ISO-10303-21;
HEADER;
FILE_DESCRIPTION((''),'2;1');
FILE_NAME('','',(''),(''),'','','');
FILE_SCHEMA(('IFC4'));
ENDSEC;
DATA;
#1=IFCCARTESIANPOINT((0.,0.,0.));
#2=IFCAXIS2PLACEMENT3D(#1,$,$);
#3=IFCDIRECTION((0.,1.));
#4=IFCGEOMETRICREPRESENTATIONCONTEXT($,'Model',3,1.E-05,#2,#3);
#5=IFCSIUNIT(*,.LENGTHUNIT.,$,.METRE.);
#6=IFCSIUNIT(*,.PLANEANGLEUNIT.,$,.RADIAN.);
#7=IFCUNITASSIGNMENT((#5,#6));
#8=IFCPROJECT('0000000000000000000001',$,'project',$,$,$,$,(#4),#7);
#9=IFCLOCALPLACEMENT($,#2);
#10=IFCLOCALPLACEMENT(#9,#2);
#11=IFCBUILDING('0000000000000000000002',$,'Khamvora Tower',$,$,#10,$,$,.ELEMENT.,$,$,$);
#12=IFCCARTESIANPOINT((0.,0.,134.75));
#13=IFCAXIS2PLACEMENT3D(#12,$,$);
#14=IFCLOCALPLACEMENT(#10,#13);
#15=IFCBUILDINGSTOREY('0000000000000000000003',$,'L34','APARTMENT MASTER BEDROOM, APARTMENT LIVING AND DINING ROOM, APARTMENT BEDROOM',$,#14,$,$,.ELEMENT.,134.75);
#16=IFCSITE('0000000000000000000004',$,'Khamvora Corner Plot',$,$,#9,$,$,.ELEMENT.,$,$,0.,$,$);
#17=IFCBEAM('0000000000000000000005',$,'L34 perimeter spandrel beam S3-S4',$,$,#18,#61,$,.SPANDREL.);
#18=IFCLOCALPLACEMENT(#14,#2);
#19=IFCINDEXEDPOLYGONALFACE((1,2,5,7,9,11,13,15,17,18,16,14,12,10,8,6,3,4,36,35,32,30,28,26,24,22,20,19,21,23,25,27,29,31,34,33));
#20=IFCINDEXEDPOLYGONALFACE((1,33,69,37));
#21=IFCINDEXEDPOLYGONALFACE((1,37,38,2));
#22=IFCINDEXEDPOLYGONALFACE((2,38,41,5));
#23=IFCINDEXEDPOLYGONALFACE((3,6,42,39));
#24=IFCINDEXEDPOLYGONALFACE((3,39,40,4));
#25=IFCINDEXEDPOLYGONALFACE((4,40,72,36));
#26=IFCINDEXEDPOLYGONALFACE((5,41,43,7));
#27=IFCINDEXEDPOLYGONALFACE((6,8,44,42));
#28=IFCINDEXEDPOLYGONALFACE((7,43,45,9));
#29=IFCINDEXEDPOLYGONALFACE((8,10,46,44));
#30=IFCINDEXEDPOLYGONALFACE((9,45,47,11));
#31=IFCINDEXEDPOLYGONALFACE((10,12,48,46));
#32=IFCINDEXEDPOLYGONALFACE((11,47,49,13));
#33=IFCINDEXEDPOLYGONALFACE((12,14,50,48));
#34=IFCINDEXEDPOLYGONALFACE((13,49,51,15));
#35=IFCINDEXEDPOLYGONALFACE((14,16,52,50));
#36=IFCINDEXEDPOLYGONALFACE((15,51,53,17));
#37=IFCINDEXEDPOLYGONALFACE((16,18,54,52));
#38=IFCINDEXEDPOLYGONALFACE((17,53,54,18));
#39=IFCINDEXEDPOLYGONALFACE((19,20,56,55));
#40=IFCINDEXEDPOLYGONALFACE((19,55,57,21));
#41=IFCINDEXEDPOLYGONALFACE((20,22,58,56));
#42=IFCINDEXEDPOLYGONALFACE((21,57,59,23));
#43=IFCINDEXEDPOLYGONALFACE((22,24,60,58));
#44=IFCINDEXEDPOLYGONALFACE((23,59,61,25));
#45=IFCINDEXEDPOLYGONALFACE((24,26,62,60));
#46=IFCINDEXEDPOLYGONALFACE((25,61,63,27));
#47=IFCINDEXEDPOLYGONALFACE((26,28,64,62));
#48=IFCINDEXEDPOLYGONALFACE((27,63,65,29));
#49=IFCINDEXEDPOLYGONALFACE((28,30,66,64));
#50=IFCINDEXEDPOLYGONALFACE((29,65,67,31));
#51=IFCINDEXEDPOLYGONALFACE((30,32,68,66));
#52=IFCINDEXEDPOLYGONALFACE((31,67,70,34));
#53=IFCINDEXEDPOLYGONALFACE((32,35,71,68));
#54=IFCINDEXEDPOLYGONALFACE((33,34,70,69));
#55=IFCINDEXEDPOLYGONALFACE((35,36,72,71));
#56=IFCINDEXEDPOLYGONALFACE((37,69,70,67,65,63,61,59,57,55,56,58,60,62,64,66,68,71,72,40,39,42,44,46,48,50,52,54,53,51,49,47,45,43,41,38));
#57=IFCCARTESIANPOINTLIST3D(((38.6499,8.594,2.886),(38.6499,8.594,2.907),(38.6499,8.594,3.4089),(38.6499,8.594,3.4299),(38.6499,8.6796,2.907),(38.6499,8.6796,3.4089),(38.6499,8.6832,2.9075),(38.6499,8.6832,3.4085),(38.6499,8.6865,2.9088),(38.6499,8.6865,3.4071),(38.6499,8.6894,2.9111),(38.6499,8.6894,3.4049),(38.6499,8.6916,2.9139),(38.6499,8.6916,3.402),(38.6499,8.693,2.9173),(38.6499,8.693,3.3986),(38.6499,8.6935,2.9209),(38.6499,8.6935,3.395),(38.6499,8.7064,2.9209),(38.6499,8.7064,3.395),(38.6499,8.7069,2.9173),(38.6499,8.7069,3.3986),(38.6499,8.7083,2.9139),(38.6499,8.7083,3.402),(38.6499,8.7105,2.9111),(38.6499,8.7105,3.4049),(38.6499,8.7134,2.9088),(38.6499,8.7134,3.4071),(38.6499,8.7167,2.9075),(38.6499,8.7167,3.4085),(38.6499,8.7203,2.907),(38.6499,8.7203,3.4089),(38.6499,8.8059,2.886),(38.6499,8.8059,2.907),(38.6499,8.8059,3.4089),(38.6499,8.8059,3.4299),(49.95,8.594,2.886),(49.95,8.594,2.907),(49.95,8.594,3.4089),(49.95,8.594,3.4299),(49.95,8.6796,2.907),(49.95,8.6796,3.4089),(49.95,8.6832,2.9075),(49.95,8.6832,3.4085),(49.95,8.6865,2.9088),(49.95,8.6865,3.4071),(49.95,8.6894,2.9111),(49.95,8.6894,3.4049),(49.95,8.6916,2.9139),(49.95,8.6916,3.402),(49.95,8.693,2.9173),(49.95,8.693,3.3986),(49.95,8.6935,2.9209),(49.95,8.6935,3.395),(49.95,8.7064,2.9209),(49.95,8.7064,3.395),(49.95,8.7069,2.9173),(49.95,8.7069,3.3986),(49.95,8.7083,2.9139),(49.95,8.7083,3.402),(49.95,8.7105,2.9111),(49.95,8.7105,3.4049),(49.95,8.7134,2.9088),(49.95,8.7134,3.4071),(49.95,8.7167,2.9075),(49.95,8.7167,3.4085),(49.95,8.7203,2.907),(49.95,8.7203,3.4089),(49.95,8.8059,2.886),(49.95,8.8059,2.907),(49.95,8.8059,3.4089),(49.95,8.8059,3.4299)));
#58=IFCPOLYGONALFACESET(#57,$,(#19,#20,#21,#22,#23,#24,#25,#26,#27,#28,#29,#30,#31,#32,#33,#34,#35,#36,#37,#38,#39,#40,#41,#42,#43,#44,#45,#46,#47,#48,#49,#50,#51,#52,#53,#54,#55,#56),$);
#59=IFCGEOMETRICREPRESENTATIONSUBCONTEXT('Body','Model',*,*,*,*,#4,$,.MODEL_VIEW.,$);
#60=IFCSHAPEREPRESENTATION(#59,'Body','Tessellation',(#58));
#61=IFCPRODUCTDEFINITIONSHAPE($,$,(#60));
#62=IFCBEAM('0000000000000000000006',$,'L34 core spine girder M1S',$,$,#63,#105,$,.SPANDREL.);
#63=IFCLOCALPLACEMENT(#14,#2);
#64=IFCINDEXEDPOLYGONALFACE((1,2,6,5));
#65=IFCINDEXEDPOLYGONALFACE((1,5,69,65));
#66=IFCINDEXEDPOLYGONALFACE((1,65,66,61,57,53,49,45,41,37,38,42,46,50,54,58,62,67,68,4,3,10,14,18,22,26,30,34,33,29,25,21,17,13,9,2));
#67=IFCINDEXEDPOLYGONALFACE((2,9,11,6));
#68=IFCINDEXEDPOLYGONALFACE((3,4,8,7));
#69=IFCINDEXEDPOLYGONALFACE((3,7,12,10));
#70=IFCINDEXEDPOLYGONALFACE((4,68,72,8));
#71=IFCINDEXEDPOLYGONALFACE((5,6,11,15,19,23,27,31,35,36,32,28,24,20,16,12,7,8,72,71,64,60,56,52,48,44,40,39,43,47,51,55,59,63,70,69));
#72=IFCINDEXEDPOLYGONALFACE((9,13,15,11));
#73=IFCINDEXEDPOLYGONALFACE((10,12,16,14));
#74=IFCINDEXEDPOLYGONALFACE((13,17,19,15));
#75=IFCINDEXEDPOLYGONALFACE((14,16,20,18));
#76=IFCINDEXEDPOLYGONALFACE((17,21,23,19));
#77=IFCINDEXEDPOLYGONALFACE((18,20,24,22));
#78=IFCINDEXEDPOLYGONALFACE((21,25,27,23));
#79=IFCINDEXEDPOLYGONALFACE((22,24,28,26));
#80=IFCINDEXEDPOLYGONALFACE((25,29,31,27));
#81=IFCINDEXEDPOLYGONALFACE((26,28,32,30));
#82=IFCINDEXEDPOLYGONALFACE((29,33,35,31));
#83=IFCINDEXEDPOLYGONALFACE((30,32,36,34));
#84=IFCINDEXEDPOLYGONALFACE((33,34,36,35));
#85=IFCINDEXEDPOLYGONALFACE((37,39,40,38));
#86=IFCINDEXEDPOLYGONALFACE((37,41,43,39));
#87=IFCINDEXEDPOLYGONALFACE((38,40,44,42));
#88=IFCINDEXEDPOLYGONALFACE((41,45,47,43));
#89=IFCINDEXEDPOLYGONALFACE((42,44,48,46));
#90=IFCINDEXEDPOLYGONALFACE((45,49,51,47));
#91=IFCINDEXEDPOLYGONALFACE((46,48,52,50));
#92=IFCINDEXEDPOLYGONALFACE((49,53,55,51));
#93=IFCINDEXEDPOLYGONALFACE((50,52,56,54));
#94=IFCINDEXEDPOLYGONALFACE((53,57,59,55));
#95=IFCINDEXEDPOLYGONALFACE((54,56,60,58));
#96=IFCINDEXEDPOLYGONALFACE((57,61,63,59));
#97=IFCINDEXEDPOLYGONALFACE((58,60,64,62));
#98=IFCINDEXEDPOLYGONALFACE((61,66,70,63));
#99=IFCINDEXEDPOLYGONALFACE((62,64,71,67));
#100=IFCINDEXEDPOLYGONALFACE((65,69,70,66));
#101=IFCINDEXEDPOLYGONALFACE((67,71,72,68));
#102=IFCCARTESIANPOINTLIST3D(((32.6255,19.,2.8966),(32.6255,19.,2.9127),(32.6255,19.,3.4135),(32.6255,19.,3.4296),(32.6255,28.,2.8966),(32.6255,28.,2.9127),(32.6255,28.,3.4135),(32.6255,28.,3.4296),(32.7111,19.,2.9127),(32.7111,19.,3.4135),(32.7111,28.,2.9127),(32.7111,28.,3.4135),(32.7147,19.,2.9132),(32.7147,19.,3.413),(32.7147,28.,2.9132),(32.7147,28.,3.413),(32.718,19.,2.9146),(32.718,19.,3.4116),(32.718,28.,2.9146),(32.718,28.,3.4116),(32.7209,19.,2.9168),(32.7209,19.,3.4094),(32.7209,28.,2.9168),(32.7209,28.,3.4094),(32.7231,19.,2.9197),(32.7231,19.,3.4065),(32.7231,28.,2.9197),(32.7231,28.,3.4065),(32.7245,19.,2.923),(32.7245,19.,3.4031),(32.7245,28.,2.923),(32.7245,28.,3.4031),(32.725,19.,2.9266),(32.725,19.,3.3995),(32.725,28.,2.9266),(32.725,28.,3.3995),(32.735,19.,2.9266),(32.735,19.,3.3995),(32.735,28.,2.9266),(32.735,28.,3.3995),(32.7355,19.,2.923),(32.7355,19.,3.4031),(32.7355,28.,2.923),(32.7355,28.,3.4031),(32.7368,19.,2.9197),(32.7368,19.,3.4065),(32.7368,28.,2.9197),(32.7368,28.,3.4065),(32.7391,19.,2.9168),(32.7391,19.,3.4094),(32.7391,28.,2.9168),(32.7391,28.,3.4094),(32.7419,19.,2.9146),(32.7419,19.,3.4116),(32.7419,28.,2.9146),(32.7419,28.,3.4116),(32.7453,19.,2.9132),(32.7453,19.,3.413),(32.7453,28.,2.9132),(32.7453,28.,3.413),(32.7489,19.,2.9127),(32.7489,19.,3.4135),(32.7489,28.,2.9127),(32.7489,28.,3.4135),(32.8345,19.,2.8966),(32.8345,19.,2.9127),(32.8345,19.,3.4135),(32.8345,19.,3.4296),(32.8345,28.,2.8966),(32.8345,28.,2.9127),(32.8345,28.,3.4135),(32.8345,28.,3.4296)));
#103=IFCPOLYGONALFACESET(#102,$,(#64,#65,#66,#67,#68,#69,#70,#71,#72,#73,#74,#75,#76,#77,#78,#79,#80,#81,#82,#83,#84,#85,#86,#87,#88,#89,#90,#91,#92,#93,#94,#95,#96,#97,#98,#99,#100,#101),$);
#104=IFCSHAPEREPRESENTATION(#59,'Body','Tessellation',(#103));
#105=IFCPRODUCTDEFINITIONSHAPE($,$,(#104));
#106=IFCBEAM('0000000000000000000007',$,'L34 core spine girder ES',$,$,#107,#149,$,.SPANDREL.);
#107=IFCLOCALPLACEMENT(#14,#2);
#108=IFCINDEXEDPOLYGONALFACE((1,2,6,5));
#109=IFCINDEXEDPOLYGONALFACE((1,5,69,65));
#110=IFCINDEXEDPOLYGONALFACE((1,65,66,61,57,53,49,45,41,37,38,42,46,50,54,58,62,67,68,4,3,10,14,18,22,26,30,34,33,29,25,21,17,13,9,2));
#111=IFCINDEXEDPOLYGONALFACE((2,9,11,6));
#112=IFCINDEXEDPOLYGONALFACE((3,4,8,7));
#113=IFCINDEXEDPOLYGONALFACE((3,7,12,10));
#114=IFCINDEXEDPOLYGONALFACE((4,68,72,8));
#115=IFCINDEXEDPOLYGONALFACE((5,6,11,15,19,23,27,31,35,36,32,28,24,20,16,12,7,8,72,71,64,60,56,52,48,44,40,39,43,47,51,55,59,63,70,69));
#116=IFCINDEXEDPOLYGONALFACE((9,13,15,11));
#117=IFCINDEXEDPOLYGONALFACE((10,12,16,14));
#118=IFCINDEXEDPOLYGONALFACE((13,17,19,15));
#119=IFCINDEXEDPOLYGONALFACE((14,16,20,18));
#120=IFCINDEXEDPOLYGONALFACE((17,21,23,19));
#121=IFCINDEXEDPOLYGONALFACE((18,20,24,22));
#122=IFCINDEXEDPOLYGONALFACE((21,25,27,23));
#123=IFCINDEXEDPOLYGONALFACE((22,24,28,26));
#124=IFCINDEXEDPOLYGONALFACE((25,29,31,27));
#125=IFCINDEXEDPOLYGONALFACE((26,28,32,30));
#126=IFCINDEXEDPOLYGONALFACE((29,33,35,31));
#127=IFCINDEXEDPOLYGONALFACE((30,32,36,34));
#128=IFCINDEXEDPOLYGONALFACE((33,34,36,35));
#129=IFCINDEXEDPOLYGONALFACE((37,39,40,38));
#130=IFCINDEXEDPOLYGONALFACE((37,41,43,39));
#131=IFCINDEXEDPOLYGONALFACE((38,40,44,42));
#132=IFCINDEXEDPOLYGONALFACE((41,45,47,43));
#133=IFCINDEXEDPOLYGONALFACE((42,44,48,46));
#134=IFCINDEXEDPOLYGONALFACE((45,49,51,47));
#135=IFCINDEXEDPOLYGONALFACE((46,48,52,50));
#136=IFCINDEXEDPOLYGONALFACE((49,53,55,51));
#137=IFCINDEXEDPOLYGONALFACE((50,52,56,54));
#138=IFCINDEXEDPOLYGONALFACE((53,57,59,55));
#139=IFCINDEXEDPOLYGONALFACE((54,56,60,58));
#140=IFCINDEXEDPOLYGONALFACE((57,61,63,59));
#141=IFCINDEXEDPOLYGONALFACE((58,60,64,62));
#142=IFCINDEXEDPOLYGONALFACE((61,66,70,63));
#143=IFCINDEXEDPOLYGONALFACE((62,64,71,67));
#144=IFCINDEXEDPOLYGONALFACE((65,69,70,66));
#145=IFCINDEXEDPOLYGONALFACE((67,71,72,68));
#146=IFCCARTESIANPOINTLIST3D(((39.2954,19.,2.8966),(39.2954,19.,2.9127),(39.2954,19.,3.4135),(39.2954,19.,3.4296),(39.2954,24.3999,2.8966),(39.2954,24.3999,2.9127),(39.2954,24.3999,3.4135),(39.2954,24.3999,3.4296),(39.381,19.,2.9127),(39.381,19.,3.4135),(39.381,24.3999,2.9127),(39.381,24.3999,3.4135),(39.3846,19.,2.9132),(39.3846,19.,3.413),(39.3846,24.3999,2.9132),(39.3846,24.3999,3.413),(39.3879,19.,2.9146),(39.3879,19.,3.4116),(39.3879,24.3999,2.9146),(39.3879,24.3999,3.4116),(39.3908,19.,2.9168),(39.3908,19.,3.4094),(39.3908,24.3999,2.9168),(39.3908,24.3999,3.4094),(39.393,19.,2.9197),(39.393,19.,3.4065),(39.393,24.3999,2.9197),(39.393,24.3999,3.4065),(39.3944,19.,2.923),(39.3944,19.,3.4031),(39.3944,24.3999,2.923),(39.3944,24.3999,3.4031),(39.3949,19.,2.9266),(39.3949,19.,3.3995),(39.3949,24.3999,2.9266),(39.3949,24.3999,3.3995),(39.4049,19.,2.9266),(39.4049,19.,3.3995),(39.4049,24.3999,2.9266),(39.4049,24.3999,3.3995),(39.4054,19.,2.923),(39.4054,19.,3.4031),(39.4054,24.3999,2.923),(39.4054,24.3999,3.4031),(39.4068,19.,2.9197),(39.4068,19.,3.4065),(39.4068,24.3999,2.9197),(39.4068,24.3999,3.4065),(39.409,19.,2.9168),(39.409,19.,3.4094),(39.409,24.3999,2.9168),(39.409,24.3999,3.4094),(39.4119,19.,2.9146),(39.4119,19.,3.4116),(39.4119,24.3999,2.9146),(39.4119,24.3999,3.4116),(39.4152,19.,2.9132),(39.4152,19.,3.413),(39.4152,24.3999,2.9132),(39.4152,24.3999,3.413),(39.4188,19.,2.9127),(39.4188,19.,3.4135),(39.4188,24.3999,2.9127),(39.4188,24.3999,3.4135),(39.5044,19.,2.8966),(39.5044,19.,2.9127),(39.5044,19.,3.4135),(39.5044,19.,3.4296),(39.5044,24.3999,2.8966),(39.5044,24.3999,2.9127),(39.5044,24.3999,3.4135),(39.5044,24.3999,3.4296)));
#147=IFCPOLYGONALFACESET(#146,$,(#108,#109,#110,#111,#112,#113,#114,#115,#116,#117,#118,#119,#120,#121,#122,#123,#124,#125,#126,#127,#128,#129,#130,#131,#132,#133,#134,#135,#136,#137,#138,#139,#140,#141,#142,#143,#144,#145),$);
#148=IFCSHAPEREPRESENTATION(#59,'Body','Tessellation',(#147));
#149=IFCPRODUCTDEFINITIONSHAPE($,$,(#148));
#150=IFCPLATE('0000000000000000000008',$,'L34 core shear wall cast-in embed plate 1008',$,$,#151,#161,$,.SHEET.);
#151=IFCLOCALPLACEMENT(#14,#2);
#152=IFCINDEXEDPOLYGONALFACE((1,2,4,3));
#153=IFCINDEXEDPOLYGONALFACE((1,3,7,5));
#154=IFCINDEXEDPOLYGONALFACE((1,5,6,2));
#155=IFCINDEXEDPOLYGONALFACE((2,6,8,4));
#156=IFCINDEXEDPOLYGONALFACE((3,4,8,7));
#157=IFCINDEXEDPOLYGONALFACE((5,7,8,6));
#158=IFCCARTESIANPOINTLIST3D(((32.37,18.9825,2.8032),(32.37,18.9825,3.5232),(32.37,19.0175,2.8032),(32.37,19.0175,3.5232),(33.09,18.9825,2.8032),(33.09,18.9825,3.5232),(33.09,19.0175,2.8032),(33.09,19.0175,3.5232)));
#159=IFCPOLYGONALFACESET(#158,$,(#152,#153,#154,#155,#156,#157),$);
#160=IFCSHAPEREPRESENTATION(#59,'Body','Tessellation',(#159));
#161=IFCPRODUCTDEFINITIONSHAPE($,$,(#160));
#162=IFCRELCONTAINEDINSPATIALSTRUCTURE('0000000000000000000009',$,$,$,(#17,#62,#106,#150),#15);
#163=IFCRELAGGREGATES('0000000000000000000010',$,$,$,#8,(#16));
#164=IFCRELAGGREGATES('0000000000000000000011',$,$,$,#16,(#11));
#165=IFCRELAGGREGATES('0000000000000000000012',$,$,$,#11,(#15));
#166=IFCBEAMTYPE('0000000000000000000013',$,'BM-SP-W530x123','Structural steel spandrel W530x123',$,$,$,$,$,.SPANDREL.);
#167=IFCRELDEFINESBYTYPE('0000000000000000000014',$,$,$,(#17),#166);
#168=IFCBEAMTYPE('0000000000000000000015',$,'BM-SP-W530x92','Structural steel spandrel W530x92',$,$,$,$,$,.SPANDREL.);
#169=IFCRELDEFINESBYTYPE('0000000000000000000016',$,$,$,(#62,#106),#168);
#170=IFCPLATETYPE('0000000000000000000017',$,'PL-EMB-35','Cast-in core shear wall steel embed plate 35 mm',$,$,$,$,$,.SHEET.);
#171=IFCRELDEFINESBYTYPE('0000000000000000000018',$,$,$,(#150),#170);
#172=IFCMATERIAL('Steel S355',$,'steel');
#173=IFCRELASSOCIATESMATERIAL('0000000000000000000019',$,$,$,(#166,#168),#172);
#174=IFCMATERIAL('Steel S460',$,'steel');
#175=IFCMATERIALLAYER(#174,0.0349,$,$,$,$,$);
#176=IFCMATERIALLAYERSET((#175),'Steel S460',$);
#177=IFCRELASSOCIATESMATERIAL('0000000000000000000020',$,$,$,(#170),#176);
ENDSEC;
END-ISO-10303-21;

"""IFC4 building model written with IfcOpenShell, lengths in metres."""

from ifc_helpers import new_model, si_unit, direction, frame, origin, origin_2d, place, context, subcontext, project, spatial, rectangle, i_section, extrude, material, layer, layer_set, material_profile, profile_set, type_object, element, save


model = new_model("IFC4")

# Units and contexts
model_context = context("Model", 3, precision=1e-05, world=origin(), true_north=direction((0.0, 1.0)))
body_context = subcontext(model_context, "Body", "Model", "MODEL_VIEW")
ifc_project = project(units=[si_unit("LENGTHUNIT", "METRE"), si_unit("PLANEANGLEUNIT", "RADIAN")], contexts=[model_context])

# Site, building, storey
site_placement = place(None, origin())
site = spatial("IfcSite", under=ifc_project, at=site_placement, Name="Khamvora Corner Plot", CompositionType="ELEMENT", RefElevation=0.0)
building_placement = place(site_placement, origin())
building = spatial("IfcBuilding", under=site, at=building_placement, Name="Khamvora Tower", CompositionType="ELEMENT")
storey_placement = place(building_placement, frame((0.0, 0.0, 134.75)))
storey = spatial("IfcBuildingStorey", under=building, at=storey_placement, Name="L34", Description="APARTMENT MASTER BEDROOM, APARTMENT LIVING AND DINING ROOM, APARTMENT BEDROOM", CompositionType="ELEMENT", Elevation=134.75)

# Shared definitions
ifc_material_1 = material(Name="Steel S460", Category="steel")
ifc_material_2 = material(Name="Steel S355", Category="steel")

# Beams
ifc_material_profile_1 = material_profile(ifc_material_2, i_section(OverallWidth=0.2119, OverallDepth=0.5439, WebThickness=0.0129, FlangeThickness=0.021, FilletRadius=0.0139, at=origin_2d()), Name="W530x123")
ifc_profile_set_1 = profile_set([ifc_material_profile_1], Name="Steel S355")
beam_type_1 = type_object("IfcBeamType", Name="BM-SP-W530x123", Description="Structural steel spandrel W530x123", PredefinedType="SPANDREL", material=ifc_profile_set_1)
beam_1_placement = place(storey_placement, frame((38.6499, 8.7, 3.158), z_axis=(1.0, 0.0, 0.0), x_axis=(0.0, 1.0, 0.0)))
element("IfcBeam", 1, at=beam_1_placement, inside=storey, type_object=beam_type_1, Name="L34 perimeter spandrel beam S3-S4", PredefinedType="SPANDREL", context=body_context, shape_type="SweptSolid", body=[
    extrude(i_section(OverallWidth=0.2119, OverallDepth=0.5439, WebThickness=0.0129, FlangeThickness=0.021, FilletRadius=0.0139, at=origin_2d()), origin(), (0.0, 0.0, 1.0), 11.3),
])
ifc_material_profile_2 = material_profile(ifc_material_2, i_section(OverallWidth=0.209, OverallDepth=0.533, WebThickness=0.01, FlangeThickness=0.0161, FilletRadius=0.0139, at=origin_2d()), Name="W530x92")
ifc_profile_set_2 = profile_set([ifc_material_profile_2], Name="Steel S355")
beam_type_2 = type_object("IfcBeamType", Name="BM-SP-W530x92", Description="Structural steel spandrel W530x92", PredefinedType="SPANDREL", material=ifc_profile_set_2)
beam_2_placement = place(storey_placement, frame((32.73, 19.0, 3.1631), z_axis=(0.0, 1.0, 0.0), x_axis=(-1.0, 0.0, 0.0)))
element("IfcBeam", 2, at=beam_2_placement, inside=storey, type_object=beam_type_2, Name="L34 core spine girder M1S", PredefinedType="SPANDREL", context=body_context, shape_type="SweptSolid", body=[
    extrude(i_section(OverallWidth=0.209, OverallDepth=0.533, WebThickness=0.01, FlangeThickness=0.0161, FilletRadius=0.0139, at=origin_2d()), origin(), (0.0, 0.0, 1.0), 9.0),
])
beam_3_placement = place(storey_placement, frame((39.3999, 19.0, 3.1631), z_axis=(0.0, 1.0, 0.0), x_axis=(-1.0, 0.0, 0.0)))
element("IfcBeam", 3, at=beam_3_placement, inside=storey, type_object=beam_type_2, Name="L34 core spine girder ES", PredefinedType="SPANDREL", context=body_context, shape_type="SweptSolid", body=[
    extrude(i_section(OverallWidth=0.209, OverallDepth=0.533, WebThickness=0.01, FlangeThickness=0.0161, FilletRadius=0.0139, at=origin_2d()), origin(), (0.0, 0.0, 1.0), 5.3999),
])

# Plate
ifc_layer_1 = layer(ifc_material_1, 0.0349)
ifc_layer_set_1 = layer_set([ifc_layer_1], Name="Steel S460")
plate_type = type_object("IfcPlateType", Name="PL-EMB-35", Description="Cast-in core shear wall steel embed plate 35 mm", PredefinedType="SHEET", material=ifc_layer_set_1)
plate_placement = place(storey_placement, frame((32.73, 19.0, 2.8032), z_axis=(0.0, 0.0, 1.0), x_axis=(1.0, 0.0, 0.0)))
element("IfcPlate", 4, at=plate_placement, inside=storey, type_object=plate_type, Name="L34 core shear wall cast-in embed plate 1008", PredefinedType="SHEET", context=body_context, shape_type="SweptSolid", body=[
    extrude(rectangle(XDim=0.72, YDim=0.0349, at=origin_2d()), origin(), (0.0, 0.0, 1.0), 0.72),
])

save(model, "model.ifc")
